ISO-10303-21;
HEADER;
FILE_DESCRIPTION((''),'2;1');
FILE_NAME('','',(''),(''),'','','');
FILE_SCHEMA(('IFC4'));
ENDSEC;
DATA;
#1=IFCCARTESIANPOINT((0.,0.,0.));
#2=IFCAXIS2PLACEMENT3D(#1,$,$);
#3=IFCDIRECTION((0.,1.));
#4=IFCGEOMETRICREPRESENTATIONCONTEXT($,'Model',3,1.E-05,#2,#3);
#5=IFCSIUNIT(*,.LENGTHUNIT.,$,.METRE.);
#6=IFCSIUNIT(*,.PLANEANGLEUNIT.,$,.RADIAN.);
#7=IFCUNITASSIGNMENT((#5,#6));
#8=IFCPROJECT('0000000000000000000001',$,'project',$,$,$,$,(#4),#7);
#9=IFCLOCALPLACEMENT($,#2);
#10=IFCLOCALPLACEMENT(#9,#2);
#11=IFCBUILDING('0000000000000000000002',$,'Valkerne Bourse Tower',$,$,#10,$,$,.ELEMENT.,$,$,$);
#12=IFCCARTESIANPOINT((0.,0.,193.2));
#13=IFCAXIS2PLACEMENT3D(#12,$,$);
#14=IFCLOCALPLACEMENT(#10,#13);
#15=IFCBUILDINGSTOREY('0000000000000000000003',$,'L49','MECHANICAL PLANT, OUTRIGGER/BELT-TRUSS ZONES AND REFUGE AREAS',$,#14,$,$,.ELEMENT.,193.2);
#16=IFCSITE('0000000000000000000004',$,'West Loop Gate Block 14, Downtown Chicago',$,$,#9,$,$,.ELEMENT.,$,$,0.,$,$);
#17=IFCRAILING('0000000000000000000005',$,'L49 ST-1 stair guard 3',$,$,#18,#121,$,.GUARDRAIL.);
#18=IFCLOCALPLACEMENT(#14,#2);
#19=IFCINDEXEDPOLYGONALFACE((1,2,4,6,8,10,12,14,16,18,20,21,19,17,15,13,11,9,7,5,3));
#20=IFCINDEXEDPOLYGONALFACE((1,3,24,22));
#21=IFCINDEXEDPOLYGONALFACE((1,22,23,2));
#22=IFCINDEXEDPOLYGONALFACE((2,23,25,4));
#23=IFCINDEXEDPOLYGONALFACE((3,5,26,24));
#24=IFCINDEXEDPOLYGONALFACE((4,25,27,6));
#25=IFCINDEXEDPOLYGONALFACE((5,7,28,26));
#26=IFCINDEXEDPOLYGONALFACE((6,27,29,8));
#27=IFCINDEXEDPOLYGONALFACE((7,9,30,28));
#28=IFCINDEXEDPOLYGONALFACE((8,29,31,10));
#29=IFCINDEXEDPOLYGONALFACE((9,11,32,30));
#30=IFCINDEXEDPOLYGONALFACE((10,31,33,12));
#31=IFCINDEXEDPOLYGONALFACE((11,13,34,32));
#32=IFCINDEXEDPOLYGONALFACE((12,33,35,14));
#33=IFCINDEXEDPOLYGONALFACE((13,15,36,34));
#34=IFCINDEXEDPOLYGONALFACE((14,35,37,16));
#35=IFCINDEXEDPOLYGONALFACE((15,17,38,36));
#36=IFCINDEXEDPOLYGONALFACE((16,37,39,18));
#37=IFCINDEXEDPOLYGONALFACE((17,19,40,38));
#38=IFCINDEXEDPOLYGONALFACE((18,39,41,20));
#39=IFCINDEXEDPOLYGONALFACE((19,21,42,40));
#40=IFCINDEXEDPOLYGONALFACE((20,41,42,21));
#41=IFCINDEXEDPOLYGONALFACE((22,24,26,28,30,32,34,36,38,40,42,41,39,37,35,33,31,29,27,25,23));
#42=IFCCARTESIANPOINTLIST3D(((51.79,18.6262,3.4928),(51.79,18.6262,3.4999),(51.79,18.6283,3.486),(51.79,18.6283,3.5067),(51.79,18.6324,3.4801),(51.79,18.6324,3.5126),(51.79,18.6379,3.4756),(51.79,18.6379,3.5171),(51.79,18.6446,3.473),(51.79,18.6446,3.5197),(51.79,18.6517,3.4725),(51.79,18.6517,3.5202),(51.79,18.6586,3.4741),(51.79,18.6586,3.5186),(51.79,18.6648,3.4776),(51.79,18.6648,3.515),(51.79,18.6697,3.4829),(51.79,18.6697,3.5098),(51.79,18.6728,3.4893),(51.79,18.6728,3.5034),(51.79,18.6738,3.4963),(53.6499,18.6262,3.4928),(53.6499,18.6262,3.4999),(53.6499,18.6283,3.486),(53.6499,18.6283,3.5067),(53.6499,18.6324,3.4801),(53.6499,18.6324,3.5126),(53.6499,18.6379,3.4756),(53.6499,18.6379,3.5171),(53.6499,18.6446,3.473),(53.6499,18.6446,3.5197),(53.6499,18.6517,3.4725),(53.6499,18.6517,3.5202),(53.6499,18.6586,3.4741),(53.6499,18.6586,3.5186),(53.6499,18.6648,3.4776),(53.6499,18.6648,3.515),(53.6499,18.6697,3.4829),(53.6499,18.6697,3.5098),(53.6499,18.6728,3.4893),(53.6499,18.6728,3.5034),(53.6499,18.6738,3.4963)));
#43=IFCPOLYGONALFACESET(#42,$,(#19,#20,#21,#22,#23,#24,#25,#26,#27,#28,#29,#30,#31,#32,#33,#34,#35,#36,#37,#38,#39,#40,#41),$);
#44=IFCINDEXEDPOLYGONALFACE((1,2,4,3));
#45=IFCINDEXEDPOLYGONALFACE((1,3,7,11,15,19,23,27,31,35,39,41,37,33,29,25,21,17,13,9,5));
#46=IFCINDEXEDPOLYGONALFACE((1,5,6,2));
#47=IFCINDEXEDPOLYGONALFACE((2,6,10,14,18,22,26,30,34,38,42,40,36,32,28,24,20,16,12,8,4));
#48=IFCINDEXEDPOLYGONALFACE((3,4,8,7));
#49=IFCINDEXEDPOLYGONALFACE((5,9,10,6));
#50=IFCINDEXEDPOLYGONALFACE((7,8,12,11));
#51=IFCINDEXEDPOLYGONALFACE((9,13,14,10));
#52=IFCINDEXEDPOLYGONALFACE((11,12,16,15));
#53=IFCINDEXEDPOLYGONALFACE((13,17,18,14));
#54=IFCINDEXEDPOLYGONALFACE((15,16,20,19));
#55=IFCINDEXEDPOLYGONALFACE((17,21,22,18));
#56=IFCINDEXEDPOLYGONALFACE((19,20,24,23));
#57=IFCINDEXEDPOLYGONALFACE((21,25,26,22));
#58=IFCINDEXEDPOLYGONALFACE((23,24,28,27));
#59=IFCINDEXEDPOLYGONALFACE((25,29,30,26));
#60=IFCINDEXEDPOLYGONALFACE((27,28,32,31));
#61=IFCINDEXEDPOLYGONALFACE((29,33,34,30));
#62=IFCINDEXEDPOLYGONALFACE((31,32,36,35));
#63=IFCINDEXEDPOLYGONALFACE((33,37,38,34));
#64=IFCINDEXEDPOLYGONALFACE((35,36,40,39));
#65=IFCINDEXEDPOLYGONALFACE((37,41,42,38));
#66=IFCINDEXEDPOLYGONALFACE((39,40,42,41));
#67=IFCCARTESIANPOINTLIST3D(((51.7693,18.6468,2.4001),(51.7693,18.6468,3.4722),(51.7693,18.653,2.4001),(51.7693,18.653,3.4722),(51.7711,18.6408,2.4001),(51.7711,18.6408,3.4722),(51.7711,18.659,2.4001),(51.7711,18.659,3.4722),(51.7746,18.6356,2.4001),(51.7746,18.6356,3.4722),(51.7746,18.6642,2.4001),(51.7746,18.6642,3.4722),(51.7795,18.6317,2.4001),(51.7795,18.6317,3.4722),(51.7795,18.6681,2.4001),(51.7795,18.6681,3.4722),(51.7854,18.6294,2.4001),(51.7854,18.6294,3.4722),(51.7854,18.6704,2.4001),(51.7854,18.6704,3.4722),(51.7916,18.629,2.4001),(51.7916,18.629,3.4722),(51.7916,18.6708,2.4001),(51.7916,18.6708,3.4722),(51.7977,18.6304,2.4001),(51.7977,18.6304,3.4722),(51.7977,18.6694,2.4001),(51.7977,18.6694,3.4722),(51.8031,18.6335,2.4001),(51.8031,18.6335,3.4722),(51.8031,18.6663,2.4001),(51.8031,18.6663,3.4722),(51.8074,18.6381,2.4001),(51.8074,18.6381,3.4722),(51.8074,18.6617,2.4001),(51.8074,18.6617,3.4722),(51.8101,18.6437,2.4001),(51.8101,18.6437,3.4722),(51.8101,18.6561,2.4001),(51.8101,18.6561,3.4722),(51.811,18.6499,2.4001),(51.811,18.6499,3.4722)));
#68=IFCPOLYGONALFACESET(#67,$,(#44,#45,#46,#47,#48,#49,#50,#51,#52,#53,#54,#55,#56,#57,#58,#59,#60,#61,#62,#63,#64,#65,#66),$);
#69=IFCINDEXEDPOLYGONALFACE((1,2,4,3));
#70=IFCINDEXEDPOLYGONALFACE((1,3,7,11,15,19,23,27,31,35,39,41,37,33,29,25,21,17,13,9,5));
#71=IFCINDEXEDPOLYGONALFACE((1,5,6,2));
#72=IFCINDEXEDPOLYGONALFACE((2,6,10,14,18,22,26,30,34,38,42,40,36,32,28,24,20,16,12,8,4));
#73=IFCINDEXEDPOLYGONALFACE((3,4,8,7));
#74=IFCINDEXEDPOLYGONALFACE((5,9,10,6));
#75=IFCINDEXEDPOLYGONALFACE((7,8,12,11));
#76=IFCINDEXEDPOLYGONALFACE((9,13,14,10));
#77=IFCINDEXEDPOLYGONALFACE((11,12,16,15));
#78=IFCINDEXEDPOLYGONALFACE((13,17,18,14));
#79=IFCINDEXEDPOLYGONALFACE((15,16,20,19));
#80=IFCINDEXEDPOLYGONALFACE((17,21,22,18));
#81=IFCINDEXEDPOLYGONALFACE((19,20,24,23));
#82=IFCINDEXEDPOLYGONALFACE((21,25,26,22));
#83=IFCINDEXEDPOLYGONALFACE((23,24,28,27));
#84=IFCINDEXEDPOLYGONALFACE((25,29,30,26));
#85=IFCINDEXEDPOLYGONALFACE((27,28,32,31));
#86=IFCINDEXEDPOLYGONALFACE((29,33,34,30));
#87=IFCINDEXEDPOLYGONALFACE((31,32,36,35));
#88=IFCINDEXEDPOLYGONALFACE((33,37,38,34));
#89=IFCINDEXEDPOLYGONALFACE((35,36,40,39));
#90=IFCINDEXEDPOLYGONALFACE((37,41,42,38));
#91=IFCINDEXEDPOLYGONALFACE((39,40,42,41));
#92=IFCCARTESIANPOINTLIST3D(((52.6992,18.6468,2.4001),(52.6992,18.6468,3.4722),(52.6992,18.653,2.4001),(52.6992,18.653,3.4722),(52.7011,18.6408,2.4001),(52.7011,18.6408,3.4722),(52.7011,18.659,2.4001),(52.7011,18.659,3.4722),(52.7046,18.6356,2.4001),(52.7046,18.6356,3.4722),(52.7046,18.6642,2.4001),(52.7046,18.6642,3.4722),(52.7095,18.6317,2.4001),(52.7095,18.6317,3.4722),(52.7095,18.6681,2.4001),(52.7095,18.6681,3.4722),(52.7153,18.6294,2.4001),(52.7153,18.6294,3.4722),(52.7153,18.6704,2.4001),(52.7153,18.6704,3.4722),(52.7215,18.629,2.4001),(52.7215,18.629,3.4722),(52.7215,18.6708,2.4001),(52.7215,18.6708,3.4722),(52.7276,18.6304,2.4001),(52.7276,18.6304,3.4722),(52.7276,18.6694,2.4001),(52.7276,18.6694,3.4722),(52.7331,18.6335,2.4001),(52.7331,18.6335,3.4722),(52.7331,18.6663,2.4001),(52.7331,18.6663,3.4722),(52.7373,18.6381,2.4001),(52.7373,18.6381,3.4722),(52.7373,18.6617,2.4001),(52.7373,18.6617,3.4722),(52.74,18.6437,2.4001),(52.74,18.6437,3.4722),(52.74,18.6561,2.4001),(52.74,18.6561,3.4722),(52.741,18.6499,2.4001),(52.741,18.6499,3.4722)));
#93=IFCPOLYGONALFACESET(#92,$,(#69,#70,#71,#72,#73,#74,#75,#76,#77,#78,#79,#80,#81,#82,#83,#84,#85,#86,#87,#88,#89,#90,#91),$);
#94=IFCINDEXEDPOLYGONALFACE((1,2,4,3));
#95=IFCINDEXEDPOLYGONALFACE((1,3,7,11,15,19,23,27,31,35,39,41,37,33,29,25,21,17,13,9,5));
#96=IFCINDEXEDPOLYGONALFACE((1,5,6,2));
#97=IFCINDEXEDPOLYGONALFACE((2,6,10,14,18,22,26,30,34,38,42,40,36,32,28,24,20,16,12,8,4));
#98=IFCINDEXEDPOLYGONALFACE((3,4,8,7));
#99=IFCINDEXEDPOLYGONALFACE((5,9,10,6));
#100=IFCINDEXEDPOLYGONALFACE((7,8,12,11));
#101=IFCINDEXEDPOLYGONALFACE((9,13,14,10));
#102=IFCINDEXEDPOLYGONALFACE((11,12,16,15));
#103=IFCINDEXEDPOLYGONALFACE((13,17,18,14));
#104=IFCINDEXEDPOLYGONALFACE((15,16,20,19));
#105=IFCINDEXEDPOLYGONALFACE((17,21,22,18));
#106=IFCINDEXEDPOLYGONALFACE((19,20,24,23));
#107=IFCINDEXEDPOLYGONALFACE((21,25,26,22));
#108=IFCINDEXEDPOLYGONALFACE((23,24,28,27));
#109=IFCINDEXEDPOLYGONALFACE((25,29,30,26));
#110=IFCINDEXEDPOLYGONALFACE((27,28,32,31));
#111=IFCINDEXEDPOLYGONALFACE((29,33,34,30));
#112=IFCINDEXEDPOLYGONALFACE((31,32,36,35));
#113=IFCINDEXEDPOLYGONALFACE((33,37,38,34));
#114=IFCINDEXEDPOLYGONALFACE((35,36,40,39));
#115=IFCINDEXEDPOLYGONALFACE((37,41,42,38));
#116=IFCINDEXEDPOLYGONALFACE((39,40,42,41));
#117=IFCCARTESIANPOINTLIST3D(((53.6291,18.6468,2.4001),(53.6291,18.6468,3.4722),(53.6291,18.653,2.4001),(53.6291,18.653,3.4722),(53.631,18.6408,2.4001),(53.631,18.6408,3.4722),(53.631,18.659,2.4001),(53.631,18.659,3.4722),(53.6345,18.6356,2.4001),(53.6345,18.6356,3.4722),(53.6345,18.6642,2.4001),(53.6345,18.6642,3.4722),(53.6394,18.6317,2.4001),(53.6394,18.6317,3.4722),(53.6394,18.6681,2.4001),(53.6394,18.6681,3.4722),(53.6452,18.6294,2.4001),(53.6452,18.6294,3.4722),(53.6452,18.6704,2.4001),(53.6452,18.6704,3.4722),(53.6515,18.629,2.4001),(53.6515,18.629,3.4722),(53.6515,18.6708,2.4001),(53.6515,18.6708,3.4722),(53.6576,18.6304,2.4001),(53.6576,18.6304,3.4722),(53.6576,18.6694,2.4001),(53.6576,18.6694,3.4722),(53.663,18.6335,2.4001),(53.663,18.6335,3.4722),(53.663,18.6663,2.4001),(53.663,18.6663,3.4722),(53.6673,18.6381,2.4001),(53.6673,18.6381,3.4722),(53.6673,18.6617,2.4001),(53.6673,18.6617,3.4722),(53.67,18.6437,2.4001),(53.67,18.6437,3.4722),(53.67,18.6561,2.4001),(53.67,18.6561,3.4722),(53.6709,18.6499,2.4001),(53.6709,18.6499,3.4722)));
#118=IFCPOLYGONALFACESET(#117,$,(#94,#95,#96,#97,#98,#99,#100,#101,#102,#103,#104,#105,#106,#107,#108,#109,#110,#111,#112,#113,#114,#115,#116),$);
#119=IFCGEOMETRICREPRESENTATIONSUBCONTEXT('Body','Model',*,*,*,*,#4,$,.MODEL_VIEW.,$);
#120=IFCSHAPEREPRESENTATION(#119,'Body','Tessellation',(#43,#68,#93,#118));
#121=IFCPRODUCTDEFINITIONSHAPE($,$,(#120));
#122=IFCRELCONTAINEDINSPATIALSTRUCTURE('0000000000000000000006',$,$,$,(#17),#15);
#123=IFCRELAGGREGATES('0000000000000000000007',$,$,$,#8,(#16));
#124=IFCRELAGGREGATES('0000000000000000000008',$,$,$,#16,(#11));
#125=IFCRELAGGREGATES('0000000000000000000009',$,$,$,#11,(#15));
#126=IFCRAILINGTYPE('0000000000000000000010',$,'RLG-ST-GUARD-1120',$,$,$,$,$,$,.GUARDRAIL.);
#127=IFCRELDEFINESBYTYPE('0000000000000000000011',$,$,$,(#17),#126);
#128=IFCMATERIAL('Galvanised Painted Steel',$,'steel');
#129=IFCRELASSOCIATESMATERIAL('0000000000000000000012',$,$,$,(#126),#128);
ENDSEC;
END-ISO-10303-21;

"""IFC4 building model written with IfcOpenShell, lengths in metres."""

from ifc_helpers import new_model, si_unit, direction, frame, origin, origin_2d, place, context, subcontext, project, spatial, circle, extrude, material, type_object, element, save


model = new_model("IFC4")

# Units and contexts
model_context = context("Model", 3, precision=1e-05, world=origin(), true_north=direction((0.0, 1.0)))
body_context = subcontext(model_context, "Body", "Model", "MODEL_VIEW")
ifc_project = project(units=[si_unit("LENGTHUNIT", "METRE"), si_unit("PLANEANGLEUNIT", "RADIAN")], contexts=[model_context])

# Site, building, storey
site_placement = place(None, origin())
site = spatial("IfcSite", under=ifc_project, at=site_placement, Name="West Loop Gate Block 14, Downtown Chicago", CompositionType="ELEMENT", RefElevation=0.0)
building_placement = place(site_placement, origin())
building = spatial("IfcBuilding", under=site, at=building_placement, Name="Valkerne Bourse Tower", CompositionType="ELEMENT")
storey_placement = place(building_placement, frame((0.0, 0.0, 193.2)))
storey = spatial("IfcBuildingStorey", under=building, at=storey_placement, Name="L49", Description="MECHANICAL PLANT, OUTRIGGER/BELT-TRUSS ZONES AND REFUGE AREAS", CompositionType="ELEMENT", Elevation=193.2)

# Railing
ifc_material_1 = material(Name="Galvanised Painted Steel", Category="steel")
railing_type_1 = type_object("IfcRailingType", Name="RLG-ST-GUARD-1120", PredefinedType="GUARDRAIL", material=ifc_material_1)
railing_1_placement = place(storey_placement, frame((51.79, 18.6499, 2.4001)))
element("IfcRailing", 1, at=railing_1_placement, inside=storey, type_object=railing_type_1, Name="L49 ST-1 stair guard 3", PredefinedType="GUARDRAIL", context=body_context, shape_type="SweptSolid", body=[
    extrude(circle(Radius=0.0239, at=origin_2d()), frame((0.0, 0.0, 1.0962), z_axis=(1.0, 0.0, 0.0), x_axis=(0.0, 1.0, 0.0)), (0.0, 0.0, 1.0), 1.8599),
    extrude(circle(Radius=0.021, at=origin_2d()), origin(), (0.0, 0.0, 1.0), 1.072),
    extrude(circle(Radius=0.021, at=origin_2d()), frame((0.9299, 0.0, 0.0)), (0.0, 0.0, 1.0), 1.072),
    extrude(circle(Radius=0.021, at=origin_2d()), frame((1.8599, 0.0, 0.0)), (0.0, 0.0, 1.0), 1.072),
])

save(model, "model.ifc")
